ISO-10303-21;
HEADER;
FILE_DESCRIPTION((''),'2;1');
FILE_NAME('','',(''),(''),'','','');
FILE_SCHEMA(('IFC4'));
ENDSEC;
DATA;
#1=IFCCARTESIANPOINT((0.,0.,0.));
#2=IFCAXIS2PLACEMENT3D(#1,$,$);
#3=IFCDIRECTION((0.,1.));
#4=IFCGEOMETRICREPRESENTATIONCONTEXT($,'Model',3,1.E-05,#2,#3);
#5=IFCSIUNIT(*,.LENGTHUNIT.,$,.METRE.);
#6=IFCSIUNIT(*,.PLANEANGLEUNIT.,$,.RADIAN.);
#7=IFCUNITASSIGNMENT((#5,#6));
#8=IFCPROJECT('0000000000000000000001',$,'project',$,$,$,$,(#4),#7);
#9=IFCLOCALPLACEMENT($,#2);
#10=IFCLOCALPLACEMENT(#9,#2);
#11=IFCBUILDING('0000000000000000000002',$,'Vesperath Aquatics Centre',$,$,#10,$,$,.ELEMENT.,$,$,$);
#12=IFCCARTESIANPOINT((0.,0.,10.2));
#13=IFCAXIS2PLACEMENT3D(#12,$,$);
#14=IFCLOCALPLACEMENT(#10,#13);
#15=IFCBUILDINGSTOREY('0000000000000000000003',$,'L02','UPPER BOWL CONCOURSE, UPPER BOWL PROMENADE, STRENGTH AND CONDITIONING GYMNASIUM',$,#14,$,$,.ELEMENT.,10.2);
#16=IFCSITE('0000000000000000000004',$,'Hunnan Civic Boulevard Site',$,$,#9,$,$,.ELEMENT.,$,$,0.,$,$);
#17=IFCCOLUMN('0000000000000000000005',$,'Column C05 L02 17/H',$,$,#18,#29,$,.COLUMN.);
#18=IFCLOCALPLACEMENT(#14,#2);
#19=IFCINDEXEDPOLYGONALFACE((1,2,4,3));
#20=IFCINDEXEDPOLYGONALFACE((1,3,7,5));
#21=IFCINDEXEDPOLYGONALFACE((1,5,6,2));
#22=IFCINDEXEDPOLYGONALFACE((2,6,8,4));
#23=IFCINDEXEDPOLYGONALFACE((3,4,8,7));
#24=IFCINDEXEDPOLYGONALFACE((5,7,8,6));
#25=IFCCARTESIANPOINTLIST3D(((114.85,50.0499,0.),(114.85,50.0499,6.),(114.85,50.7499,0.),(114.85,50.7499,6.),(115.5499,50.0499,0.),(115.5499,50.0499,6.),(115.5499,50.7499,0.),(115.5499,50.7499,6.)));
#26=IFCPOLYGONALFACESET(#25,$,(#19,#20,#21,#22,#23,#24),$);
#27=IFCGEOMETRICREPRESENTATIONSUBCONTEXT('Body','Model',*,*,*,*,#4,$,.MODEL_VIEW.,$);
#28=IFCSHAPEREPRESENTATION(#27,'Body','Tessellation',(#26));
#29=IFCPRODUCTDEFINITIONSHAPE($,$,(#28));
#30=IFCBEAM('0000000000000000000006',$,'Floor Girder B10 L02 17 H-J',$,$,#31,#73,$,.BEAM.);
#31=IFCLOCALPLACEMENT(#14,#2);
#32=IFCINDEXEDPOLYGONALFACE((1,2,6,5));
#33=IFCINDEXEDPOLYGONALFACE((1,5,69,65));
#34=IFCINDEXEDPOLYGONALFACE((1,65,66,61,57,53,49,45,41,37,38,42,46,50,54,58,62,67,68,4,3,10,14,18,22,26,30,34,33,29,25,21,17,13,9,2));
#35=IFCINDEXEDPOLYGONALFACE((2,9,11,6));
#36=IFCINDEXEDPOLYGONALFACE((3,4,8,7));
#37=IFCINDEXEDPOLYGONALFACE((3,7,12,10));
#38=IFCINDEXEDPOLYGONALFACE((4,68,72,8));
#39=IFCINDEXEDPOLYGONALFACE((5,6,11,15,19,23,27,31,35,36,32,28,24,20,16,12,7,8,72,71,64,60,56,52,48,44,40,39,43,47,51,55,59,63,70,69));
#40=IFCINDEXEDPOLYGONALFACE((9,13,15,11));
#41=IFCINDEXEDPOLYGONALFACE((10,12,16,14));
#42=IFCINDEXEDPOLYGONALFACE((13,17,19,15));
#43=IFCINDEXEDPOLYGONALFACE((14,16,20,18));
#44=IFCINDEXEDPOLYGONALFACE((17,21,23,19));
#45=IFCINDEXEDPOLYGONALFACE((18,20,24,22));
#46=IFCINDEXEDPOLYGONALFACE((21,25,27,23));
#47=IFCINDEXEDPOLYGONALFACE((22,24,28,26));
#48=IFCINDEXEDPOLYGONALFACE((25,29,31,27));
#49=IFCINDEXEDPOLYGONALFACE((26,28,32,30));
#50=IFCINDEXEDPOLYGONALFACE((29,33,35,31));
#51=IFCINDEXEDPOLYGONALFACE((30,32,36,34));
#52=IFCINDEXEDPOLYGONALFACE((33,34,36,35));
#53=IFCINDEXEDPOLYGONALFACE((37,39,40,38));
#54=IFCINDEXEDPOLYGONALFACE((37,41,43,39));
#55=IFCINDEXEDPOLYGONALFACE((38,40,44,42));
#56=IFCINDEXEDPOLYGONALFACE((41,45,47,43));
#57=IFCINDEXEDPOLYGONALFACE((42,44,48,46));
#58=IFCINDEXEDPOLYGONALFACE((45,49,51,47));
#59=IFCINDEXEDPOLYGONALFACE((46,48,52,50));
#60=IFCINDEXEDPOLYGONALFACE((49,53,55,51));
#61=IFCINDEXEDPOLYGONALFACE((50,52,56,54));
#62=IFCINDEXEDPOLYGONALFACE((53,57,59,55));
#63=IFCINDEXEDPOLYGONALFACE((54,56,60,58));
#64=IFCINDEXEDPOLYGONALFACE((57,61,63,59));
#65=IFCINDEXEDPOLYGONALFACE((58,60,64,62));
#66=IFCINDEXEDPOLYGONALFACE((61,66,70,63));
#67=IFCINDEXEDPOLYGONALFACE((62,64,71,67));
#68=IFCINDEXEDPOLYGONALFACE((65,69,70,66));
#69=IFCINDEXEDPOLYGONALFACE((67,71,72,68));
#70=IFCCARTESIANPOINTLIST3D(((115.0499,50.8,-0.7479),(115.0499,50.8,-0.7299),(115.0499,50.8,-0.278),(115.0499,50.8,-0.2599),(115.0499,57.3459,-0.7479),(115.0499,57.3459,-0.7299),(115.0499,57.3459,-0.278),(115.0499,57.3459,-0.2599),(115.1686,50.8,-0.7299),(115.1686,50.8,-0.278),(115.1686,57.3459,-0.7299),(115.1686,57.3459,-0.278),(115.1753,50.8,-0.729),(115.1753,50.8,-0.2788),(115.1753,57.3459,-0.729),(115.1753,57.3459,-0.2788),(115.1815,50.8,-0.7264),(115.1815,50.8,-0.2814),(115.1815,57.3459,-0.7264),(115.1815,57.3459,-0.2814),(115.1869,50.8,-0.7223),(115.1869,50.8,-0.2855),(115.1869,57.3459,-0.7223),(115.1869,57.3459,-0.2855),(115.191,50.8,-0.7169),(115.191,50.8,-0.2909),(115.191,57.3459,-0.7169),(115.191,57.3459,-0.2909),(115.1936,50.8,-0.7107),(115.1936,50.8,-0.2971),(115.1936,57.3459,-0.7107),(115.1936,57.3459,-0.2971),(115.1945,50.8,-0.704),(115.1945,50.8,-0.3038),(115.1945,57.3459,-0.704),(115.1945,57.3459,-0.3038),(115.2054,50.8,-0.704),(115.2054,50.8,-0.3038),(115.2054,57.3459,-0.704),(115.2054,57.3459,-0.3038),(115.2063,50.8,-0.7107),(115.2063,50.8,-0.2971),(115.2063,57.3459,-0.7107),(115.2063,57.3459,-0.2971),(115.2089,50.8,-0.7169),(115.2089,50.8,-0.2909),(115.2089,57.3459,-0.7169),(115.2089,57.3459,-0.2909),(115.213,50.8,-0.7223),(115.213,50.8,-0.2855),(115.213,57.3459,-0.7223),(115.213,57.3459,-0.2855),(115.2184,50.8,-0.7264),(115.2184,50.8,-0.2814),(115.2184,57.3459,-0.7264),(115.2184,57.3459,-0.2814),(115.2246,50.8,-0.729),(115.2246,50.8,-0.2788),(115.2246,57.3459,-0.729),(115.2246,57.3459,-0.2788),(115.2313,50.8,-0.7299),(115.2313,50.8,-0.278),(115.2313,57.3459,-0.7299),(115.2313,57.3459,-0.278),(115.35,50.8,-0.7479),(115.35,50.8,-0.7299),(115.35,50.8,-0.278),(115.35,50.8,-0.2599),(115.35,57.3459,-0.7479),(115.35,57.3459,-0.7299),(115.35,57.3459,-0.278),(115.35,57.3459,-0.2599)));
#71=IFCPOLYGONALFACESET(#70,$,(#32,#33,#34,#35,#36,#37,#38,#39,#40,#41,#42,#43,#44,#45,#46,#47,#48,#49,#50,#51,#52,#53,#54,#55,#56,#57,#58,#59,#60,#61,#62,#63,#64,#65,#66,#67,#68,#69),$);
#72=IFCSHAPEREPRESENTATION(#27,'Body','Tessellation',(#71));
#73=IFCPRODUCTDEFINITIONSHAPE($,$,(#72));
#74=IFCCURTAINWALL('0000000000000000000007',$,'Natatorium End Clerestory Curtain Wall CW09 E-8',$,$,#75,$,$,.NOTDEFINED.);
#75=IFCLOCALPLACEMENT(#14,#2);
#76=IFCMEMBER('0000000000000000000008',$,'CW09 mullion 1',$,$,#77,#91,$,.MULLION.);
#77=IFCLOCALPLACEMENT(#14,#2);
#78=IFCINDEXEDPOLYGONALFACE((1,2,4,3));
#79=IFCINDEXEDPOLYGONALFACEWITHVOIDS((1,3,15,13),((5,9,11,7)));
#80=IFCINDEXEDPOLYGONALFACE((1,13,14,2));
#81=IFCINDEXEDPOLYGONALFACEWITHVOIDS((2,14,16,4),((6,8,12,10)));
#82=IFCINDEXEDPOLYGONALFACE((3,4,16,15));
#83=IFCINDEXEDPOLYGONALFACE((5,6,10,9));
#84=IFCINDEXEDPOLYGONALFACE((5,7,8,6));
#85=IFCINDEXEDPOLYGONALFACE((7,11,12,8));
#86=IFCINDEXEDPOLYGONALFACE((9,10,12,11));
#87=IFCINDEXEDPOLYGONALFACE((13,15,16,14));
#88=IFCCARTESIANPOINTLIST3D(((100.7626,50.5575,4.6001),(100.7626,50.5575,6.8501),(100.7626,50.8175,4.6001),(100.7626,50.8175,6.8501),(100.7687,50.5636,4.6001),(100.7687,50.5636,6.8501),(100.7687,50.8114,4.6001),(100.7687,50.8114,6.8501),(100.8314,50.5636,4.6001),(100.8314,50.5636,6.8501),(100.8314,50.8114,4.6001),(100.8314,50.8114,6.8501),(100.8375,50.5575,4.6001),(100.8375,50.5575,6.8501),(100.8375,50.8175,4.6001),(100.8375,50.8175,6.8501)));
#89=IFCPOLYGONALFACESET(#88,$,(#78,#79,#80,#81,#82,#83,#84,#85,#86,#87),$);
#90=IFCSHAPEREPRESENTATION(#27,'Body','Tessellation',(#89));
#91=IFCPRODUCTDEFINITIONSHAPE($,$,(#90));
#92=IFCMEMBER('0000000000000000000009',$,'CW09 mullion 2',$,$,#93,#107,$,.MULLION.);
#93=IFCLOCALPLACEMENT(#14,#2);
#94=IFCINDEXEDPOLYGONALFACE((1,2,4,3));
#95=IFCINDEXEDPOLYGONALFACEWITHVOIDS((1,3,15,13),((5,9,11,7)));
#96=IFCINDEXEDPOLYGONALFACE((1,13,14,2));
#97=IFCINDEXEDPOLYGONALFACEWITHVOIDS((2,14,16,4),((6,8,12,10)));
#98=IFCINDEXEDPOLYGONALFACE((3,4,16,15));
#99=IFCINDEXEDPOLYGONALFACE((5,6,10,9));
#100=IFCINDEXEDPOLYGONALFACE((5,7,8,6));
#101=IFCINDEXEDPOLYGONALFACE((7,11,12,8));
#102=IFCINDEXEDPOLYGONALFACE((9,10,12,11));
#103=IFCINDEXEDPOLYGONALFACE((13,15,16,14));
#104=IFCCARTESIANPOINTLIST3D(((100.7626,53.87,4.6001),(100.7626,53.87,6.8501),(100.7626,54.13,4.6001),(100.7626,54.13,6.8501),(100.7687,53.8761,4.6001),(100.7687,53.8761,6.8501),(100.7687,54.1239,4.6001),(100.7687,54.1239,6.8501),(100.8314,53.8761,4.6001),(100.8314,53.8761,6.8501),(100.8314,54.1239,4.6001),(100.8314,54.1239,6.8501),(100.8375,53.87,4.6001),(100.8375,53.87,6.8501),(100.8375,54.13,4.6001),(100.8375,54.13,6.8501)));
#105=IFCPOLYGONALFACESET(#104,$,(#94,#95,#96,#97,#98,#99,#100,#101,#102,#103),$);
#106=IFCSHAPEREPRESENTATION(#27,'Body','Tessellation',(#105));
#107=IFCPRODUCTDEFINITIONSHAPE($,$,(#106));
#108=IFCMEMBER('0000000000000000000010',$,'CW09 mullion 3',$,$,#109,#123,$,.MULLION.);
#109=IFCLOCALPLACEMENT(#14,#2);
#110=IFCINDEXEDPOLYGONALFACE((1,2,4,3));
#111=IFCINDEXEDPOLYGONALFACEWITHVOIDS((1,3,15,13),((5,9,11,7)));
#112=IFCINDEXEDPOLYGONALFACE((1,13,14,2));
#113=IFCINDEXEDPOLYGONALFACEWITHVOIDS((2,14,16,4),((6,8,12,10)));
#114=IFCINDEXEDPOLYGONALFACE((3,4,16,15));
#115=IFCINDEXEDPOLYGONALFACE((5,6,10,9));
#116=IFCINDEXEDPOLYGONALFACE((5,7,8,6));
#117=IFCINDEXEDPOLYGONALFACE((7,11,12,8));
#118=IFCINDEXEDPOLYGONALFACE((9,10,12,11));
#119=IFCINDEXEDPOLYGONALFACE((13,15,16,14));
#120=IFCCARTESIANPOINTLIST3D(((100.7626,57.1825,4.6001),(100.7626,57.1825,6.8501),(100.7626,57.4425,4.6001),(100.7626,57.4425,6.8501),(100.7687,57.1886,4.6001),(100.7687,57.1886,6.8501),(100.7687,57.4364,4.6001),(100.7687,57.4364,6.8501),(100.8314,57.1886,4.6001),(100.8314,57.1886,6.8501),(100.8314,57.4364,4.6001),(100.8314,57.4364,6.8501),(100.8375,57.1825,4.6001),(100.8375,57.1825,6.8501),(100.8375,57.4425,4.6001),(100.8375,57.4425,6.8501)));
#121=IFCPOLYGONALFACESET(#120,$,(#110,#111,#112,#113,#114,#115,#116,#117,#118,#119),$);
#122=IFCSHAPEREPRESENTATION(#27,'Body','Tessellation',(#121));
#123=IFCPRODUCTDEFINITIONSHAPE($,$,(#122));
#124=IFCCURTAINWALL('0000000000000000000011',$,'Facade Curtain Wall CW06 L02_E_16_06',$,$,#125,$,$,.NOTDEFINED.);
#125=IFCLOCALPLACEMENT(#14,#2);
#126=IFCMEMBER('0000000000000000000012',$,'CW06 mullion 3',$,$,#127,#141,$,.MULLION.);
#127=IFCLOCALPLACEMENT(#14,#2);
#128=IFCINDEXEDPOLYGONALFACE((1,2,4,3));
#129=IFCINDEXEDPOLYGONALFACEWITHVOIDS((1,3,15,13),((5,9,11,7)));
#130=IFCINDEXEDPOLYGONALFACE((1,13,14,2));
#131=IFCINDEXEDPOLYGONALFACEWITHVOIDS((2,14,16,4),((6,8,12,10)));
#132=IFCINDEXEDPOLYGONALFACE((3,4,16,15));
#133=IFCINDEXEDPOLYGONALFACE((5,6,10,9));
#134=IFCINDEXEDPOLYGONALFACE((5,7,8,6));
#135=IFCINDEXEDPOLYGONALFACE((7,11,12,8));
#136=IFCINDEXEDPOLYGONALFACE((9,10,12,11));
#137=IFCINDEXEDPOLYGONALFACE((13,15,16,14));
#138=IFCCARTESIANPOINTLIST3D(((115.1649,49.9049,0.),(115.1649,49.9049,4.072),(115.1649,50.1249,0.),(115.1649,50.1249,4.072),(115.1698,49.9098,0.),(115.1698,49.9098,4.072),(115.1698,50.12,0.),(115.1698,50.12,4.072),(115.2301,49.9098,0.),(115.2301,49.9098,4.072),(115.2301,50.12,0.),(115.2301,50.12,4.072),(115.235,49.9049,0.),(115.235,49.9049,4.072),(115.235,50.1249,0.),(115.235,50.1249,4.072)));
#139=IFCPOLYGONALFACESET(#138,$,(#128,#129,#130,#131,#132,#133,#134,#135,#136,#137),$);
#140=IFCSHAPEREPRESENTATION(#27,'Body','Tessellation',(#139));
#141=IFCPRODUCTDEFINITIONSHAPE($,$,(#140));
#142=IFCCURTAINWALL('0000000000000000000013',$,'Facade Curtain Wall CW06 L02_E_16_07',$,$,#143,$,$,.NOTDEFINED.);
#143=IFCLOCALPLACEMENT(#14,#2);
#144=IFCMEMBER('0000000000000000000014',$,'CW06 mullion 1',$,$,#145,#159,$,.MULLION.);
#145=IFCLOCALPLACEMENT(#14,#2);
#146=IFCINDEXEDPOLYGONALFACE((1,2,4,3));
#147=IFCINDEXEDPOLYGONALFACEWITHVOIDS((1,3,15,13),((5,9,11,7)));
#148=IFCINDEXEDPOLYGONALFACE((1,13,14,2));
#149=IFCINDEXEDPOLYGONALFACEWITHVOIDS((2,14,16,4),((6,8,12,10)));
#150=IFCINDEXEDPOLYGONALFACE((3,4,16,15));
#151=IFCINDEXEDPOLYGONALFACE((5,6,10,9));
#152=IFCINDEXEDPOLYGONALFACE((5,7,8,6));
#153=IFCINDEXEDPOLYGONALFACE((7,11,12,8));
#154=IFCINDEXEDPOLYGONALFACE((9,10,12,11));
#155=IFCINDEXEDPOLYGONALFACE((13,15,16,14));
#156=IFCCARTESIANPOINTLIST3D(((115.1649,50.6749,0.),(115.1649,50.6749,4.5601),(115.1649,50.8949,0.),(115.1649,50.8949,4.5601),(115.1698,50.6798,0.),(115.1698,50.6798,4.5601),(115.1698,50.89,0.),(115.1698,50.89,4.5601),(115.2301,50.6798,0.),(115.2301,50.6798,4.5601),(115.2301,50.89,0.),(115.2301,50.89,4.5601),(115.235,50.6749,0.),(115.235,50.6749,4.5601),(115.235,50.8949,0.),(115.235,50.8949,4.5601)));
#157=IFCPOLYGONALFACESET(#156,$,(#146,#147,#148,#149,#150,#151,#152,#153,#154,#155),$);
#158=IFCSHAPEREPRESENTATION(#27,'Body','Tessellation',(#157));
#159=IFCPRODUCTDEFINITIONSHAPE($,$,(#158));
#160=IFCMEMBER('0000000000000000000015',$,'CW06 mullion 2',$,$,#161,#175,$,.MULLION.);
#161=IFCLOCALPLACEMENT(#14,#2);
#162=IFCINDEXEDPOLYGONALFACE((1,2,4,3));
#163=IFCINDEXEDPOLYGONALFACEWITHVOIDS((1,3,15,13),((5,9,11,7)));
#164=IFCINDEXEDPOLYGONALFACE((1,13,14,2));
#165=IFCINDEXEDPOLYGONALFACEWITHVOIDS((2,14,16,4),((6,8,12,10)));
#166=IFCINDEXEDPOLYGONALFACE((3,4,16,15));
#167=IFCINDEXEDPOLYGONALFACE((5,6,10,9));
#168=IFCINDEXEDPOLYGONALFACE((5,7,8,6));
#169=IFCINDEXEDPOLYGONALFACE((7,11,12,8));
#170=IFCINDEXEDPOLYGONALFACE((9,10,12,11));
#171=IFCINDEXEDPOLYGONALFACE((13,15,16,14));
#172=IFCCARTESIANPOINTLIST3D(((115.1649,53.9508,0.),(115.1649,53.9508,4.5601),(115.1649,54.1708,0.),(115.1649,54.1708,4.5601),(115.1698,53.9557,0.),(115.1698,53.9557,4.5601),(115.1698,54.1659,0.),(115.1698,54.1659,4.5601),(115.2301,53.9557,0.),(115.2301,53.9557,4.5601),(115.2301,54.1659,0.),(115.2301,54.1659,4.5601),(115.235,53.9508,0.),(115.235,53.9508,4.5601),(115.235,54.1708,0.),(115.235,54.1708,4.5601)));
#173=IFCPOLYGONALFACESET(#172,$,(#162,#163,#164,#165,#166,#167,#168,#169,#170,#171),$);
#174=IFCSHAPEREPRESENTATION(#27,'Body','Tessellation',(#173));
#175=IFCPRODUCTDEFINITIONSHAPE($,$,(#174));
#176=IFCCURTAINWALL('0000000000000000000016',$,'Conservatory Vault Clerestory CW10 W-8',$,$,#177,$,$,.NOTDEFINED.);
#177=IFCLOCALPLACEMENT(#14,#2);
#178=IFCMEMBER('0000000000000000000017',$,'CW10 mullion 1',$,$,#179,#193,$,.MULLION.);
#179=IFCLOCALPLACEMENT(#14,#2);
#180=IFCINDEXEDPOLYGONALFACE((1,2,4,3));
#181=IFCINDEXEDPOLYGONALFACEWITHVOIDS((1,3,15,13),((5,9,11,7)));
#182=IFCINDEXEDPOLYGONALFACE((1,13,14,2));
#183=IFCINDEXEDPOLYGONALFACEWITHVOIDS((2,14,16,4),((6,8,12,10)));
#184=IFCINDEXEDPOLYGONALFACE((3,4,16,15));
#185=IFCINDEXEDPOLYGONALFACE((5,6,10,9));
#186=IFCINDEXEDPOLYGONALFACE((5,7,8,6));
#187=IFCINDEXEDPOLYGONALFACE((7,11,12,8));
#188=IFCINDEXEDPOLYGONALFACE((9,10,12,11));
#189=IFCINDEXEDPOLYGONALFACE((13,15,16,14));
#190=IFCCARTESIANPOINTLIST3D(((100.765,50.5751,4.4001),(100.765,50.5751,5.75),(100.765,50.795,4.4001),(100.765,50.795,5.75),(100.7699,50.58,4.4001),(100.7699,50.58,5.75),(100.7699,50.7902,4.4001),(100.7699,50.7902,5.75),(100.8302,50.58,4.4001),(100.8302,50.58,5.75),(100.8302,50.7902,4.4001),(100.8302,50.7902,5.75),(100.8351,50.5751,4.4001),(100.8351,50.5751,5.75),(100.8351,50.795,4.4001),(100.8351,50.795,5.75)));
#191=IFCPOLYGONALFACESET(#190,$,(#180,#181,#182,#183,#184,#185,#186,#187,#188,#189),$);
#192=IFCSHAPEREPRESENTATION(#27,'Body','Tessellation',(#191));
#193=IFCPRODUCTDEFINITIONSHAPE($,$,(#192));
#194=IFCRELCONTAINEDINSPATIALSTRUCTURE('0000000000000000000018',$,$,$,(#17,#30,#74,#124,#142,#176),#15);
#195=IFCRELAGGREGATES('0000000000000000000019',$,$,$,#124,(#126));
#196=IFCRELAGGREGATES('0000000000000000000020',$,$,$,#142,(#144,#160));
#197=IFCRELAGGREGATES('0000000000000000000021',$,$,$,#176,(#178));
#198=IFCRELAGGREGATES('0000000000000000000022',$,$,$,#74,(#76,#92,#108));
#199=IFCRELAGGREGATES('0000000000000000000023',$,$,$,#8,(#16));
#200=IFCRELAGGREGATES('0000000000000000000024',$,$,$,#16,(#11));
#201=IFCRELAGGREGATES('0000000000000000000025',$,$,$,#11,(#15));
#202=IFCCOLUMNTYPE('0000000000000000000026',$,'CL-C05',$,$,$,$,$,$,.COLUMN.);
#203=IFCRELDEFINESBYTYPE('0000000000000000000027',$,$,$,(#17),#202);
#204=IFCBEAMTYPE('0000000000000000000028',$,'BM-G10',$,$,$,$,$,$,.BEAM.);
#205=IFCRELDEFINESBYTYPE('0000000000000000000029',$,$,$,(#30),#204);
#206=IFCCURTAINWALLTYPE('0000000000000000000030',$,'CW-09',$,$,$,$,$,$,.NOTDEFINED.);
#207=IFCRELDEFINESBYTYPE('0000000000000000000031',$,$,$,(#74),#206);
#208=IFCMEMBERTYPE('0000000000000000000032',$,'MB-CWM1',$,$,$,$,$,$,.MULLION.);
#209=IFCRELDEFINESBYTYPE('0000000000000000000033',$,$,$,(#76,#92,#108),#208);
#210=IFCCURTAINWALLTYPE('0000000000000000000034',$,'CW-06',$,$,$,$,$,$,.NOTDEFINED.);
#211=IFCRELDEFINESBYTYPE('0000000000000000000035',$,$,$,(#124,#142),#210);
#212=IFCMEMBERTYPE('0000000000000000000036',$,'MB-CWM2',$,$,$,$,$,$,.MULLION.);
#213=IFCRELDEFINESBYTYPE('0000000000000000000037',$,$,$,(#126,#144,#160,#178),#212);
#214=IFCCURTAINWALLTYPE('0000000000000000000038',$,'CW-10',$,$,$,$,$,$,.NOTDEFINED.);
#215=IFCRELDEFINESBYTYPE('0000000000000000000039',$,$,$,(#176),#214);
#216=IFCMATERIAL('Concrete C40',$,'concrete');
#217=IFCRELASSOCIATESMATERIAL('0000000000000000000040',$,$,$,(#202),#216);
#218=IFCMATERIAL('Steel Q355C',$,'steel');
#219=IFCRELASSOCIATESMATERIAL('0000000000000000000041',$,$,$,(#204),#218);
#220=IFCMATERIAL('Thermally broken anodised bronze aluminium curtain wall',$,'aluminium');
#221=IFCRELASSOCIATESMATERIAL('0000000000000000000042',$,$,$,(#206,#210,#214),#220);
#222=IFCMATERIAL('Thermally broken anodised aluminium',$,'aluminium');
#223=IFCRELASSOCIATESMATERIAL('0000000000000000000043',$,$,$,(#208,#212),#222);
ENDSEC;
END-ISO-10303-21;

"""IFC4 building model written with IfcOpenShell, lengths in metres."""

from ifc_helpers import new_model, si_unit, direction, frame, origin, origin_2d, place, context, subcontext, project, spatial, rectangle, hollow_rectangle, i_section, extrude, material, material_profile, profile_set, type_object, element, aggregate, save


model = new_model("IFC4")

# Units and contexts
model_context = context("Model", 3, precision=1e-05, world=origin(), true_north=direction((0.0, 1.0)))
body_context = subcontext(model_context, "Body", "Model", "MODEL_VIEW")
ifc_project = project(units=[si_unit("LENGTHUNIT", "METRE"), si_unit("PLANEANGLEUNIT", "RADIAN")], contexts=[model_context])

# Site, building, storey
site_placement = place(None, origin())
site = spatial("IfcSite", under=ifc_project, at=site_placement, Name="Hunnan Civic Boulevard Site", CompositionType="ELEMENT", RefElevation=0.0)
building_placement = place(site_placement, origin())
building = spatial("IfcBuilding", under=site, at=building_placement, Name="Vesperath Aquatics Centre", CompositionType="ELEMENT")
storey_placement = place(building_placement, frame((0.0, 0.0, 10.2)))
storey = spatial("IfcBuildingStorey", under=building, at=storey_placement, Name="L02", Description="UPPER BOWL CONCOURSE, UPPER BOWL PROMENADE, STRENGTH AND CONDITIONING GYMNASIUM", CompositionType="ELEMENT", Elevation=10.2)

# Column
ifc_material_1 = material(Name="Concrete C40", Category="concrete")
ifc_material_profile_1 = material_profile(ifc_material_1, rectangle(XDim=0.7, YDim=0.7, at=origin_2d()), Name="RC 700x700")
ifc_profile_set_1 = profile_set([ifc_material_profile_1], Name="Concrete C40")
column_type = type_object("IfcColumnType", Name="CL-C05", PredefinedType="COLUMN", material=ifc_profile_set_1)
column_placement = place(storey_placement, frame((115.2, 50.3999, 0.0), z_axis=(0.0, 0.0, 1.0), x_axis=(1.0, 0.0, 0.0)))
element("IfcColumn", 1, at=column_placement, inside=storey, type_object=column_type, Name="Column C05 L02 17/H", PredefinedType="COLUMN", context=body_context, shape_type="SweptSolid", body=[
    extrude(rectangle(XDim=0.7, YDim=0.7, at=origin_2d()), origin(), (0.0, 0.0, 1.0), 6.0),
])

# Beam
ifc_material_2 = material(Name="Steel Q355C", Category="steel")
ifc_material_profile_2 = material_profile(ifc_material_2, i_section(OverallWidth=0.3, OverallDepth=0.488, WebThickness=0.011, FlangeThickness=0.0181, FilletRadius=0.0259, at=origin_2d()), Name="HM 488x300x11x18")
ifc_profile_set_2 = profile_set([ifc_material_profile_2], Name="Steel Q355C")
beam_type = type_object("IfcBeamType", Name="BM-G10", PredefinedType="BEAM", material=ifc_profile_set_2)
beam_placement = place(storey_placement, frame((115.2, 50.8, -0.5039), z_axis=(0.0, 1.0, 0.0), x_axis=(-1.0, 0.0, 0.0)))
element("IfcBeam", 2, at=beam_placement, inside=storey, type_object=beam_type, Name="Floor Girder B10 L02 17 H-J", PredefinedType="BEAM", context=body_context, shape_type="SweptSolid", body=[
    extrude(i_section(OverallWidth=0.3, OverallDepth=0.488, WebThickness=0.011, FlangeThickness=0.0181, FilletRadius=0.0259, at=origin_2d()), origin(), (0.0, 0.0, 1.0), 6.5459),
])

# Curtain wall, members
ifc_material_3 = material(Name="Thermally broken anodised bronze aluminium curtain wall", Category="aluminium")
curtain_wall_type_1 = type_object("IfcCurtainWallType", Name="CW-09", PredefinedType="NOTDEFINED", material=ifc_material_3)
curtain_wall_1_placement = place(storey_placement, origin())
curtain_wall_1 = element("IfcCurtainWall", 3, at=curtain_wall_1_placement, inside=storey, type_object=curtain_wall_type_1, Name="Natatorium End Clerestory Curtain Wall CW09 E-8", PredefinedType="NOTDEFINED")
ifc_material_4 = material(Name="Thermally broken anodised aluminium", Category="aluminium")
ifc_material_profile_3 = material_profile(ifc_material_4, hollow_rectangle(XDim=0.075, YDim=0.26, WallThickness=0.0061, at=origin_2d()), Name="CWM 75x260x6")
ifc_profile_set_3 = profile_set([ifc_material_profile_3], Name="Thermally broken anodised aluminium")
member_type_1 = type_object("IfcMemberType", Name="MB-CWM1", PredefinedType="MULLION", material=ifc_profile_set_3)
member_1_placement = place(storey_placement, frame((100.8, 50.6875, 4.6001), z_axis=(0.0, 0.0, 1.0), x_axis=(-1.0, 0.0, 0.0)))
member_1 = element("IfcMember", 4, at=member_1_placement, type_object=member_type_1, Name="CW09 mullion 1", PredefinedType="MULLION", context=body_context, shape_type="SweptSolid", body=[
    extrude(hollow_rectangle(XDim=0.075, YDim=0.26, WallThickness=0.0061, at=origin_2d()), origin(), (0.0, 0.0, 1.0), 2.25),
])
member_2_placement = place(storey_placement, frame((100.8, 54.0, 4.6001), z_axis=(0.0, 0.0, 1.0), x_axis=(-1.0, 0.0, 0.0)))
member_2 = element("IfcMember", 5, at=member_2_placement, type_object=member_type_1, Name="CW09 mullion 2", PredefinedType="MULLION", context=body_context, shape_type="SweptSolid", body=[
    extrude(hollow_rectangle(XDim=0.075, YDim=0.26, WallThickness=0.0061, at=origin_2d()), origin(), (0.0, 0.0, 1.0), 2.25),
])
member_3_placement = place(storey_placement, frame((100.8, 57.3125, 4.6001), z_axis=(0.0, 0.0, 1.0), x_axis=(-1.0, 0.0, 0.0)))
member_3 = element("IfcMember", 6, at=member_3_placement, type_object=member_type_1, Name="CW09 mullion 3", PredefinedType="MULLION", context=body_context, shape_type="SweptSolid", body=[
    extrude(hollow_rectangle(XDim=0.075, YDim=0.26, WallThickness=0.0061, at=origin_2d()), origin(), (0.0, 0.0, 1.0), 2.25),
])

# Curtain wall, member
curtain_wall_type_2 = type_object("IfcCurtainWallType", Name="CW-06", PredefinedType="NOTDEFINED", material=ifc_material_3)
curtain_wall_2_placement = place(storey_placement, origin())
curtain_wall_2 = element("IfcCurtainWall", 7, at=curtain_wall_2_placement, inside=storey, type_object=curtain_wall_type_2, Name="Facade Curtain Wall CW06 L02_E_16_06", PredefinedType="NOTDEFINED")
ifc_material_profile_4 = material_profile(ifc_material_4, hollow_rectangle(XDim=0.0701, YDim=0.22, WallThickness=0.0049, at=origin_2d()), Name="CWM 70x220x5")
ifc_profile_set_4 = profile_set([ifc_material_profile_4], Name="Thermally broken anodised aluminium")
member_type_2 = type_object("IfcMemberType", Name="MB-CWM2", PredefinedType="MULLION", material=ifc_profile_set_4)
member_4_placement = place(storey_placement, frame((115.2, 50.0149, 0.0), z_axis=(0.0, 0.0, 1.0), x_axis=(-1.0, 0.0, 0.0)))
member_4 = element("IfcMember", 8, at=member_4_placement, type_object=member_type_2, Name="CW06 mullion 3", PredefinedType="MULLION", context=body_context, shape_type="SweptSolid", body=[
    extrude(hollow_rectangle(XDim=0.0701, YDim=0.22, WallThickness=0.0049, at=origin_2d()), origin(), (0.0, 0.0, 1.0), 4.072),
])
aggregate(curtain_wall_2, [member_4])

# Curtain walls, members
curtain_wall_3_placement = place(storey_placement, origin())
curtain_wall_3 = element("IfcCurtainWall", 9, at=curtain_wall_3_placement, inside=storey, type_object=curtain_wall_type_2, Name="Facade Curtain Wall CW06 L02_E_16_07", PredefinedType="NOTDEFINED")
member_5_placement = place(storey_placement, frame((115.2, 50.7849, 0.0), z_axis=(0.0, 0.0, 1.0), x_axis=(-1.0, 0.0, 0.0)))
member_5 = element("IfcMember", 10, at=member_5_placement, type_object=member_type_2, Name="CW06 mullion 1", PredefinedType="MULLION", context=body_context, shape_type="SweptSolid", body=[
    extrude(hollow_rectangle(XDim=0.0701, YDim=0.22, WallThickness=0.0049, at=origin_2d()), origin(), (0.0, 0.0, 1.0), 4.5601),
])
member_6_placement = place(storey_placement, frame((115.2, 54.0608, 0.0), z_axis=(0.0, 0.0, 1.0), x_axis=(-1.0, 0.0, 0.0)))
member_6 = element("IfcMember", 11, at=member_6_placement, type_object=member_type_2, Name="CW06 mullion 2", PredefinedType="MULLION", context=body_context, shape_type="SweptSolid", body=[
    extrude(hollow_rectangle(XDim=0.0701, YDim=0.22, WallThickness=0.0049, at=origin_2d()), origin(), (0.0, 0.0, 1.0), 4.5601),
])
curtain_wall_type_3 = type_object("IfcCurtainWallType", Name="CW-10", PredefinedType="NOTDEFINED", material=ifc_material_3)
curtain_wall_4_placement = place(storey_placement, origin())
curtain_wall_4 = element("IfcCurtainWall", 12, at=curtain_wall_4_placement, inside=storey, type_object=curtain_wall_type_3, Name="Conservatory Vault Clerestory CW10 W-8", PredefinedType="NOTDEFINED")
member_7_placement = place(storey_placement, frame((100.8, 50.6851, 4.4001), z_axis=(0.0, 0.0, 1.0), x_axis=(-1.0, 0.0, 0.0)))
member_7 = element("IfcMember", 13, at=member_7_placement, type_object=member_type_2, Name="CW10 mullion 1", PredefinedType="MULLION", context=body_context, shape_type="SweptSolid", body=[
    extrude(hollow_rectangle(XDim=0.0701, YDim=0.22, WallThickness=0.0049, at=origin_2d()), origin(), (0.0, 0.0, 1.0), 1.3499),
])

aggregate(curtain_wall_3, [member_5, member_6])
aggregate(curtain_wall_4, [member_7])
aggregate(curtain_wall_1, [member_1, member_2, member_3])

save(model, "model.ifc")
